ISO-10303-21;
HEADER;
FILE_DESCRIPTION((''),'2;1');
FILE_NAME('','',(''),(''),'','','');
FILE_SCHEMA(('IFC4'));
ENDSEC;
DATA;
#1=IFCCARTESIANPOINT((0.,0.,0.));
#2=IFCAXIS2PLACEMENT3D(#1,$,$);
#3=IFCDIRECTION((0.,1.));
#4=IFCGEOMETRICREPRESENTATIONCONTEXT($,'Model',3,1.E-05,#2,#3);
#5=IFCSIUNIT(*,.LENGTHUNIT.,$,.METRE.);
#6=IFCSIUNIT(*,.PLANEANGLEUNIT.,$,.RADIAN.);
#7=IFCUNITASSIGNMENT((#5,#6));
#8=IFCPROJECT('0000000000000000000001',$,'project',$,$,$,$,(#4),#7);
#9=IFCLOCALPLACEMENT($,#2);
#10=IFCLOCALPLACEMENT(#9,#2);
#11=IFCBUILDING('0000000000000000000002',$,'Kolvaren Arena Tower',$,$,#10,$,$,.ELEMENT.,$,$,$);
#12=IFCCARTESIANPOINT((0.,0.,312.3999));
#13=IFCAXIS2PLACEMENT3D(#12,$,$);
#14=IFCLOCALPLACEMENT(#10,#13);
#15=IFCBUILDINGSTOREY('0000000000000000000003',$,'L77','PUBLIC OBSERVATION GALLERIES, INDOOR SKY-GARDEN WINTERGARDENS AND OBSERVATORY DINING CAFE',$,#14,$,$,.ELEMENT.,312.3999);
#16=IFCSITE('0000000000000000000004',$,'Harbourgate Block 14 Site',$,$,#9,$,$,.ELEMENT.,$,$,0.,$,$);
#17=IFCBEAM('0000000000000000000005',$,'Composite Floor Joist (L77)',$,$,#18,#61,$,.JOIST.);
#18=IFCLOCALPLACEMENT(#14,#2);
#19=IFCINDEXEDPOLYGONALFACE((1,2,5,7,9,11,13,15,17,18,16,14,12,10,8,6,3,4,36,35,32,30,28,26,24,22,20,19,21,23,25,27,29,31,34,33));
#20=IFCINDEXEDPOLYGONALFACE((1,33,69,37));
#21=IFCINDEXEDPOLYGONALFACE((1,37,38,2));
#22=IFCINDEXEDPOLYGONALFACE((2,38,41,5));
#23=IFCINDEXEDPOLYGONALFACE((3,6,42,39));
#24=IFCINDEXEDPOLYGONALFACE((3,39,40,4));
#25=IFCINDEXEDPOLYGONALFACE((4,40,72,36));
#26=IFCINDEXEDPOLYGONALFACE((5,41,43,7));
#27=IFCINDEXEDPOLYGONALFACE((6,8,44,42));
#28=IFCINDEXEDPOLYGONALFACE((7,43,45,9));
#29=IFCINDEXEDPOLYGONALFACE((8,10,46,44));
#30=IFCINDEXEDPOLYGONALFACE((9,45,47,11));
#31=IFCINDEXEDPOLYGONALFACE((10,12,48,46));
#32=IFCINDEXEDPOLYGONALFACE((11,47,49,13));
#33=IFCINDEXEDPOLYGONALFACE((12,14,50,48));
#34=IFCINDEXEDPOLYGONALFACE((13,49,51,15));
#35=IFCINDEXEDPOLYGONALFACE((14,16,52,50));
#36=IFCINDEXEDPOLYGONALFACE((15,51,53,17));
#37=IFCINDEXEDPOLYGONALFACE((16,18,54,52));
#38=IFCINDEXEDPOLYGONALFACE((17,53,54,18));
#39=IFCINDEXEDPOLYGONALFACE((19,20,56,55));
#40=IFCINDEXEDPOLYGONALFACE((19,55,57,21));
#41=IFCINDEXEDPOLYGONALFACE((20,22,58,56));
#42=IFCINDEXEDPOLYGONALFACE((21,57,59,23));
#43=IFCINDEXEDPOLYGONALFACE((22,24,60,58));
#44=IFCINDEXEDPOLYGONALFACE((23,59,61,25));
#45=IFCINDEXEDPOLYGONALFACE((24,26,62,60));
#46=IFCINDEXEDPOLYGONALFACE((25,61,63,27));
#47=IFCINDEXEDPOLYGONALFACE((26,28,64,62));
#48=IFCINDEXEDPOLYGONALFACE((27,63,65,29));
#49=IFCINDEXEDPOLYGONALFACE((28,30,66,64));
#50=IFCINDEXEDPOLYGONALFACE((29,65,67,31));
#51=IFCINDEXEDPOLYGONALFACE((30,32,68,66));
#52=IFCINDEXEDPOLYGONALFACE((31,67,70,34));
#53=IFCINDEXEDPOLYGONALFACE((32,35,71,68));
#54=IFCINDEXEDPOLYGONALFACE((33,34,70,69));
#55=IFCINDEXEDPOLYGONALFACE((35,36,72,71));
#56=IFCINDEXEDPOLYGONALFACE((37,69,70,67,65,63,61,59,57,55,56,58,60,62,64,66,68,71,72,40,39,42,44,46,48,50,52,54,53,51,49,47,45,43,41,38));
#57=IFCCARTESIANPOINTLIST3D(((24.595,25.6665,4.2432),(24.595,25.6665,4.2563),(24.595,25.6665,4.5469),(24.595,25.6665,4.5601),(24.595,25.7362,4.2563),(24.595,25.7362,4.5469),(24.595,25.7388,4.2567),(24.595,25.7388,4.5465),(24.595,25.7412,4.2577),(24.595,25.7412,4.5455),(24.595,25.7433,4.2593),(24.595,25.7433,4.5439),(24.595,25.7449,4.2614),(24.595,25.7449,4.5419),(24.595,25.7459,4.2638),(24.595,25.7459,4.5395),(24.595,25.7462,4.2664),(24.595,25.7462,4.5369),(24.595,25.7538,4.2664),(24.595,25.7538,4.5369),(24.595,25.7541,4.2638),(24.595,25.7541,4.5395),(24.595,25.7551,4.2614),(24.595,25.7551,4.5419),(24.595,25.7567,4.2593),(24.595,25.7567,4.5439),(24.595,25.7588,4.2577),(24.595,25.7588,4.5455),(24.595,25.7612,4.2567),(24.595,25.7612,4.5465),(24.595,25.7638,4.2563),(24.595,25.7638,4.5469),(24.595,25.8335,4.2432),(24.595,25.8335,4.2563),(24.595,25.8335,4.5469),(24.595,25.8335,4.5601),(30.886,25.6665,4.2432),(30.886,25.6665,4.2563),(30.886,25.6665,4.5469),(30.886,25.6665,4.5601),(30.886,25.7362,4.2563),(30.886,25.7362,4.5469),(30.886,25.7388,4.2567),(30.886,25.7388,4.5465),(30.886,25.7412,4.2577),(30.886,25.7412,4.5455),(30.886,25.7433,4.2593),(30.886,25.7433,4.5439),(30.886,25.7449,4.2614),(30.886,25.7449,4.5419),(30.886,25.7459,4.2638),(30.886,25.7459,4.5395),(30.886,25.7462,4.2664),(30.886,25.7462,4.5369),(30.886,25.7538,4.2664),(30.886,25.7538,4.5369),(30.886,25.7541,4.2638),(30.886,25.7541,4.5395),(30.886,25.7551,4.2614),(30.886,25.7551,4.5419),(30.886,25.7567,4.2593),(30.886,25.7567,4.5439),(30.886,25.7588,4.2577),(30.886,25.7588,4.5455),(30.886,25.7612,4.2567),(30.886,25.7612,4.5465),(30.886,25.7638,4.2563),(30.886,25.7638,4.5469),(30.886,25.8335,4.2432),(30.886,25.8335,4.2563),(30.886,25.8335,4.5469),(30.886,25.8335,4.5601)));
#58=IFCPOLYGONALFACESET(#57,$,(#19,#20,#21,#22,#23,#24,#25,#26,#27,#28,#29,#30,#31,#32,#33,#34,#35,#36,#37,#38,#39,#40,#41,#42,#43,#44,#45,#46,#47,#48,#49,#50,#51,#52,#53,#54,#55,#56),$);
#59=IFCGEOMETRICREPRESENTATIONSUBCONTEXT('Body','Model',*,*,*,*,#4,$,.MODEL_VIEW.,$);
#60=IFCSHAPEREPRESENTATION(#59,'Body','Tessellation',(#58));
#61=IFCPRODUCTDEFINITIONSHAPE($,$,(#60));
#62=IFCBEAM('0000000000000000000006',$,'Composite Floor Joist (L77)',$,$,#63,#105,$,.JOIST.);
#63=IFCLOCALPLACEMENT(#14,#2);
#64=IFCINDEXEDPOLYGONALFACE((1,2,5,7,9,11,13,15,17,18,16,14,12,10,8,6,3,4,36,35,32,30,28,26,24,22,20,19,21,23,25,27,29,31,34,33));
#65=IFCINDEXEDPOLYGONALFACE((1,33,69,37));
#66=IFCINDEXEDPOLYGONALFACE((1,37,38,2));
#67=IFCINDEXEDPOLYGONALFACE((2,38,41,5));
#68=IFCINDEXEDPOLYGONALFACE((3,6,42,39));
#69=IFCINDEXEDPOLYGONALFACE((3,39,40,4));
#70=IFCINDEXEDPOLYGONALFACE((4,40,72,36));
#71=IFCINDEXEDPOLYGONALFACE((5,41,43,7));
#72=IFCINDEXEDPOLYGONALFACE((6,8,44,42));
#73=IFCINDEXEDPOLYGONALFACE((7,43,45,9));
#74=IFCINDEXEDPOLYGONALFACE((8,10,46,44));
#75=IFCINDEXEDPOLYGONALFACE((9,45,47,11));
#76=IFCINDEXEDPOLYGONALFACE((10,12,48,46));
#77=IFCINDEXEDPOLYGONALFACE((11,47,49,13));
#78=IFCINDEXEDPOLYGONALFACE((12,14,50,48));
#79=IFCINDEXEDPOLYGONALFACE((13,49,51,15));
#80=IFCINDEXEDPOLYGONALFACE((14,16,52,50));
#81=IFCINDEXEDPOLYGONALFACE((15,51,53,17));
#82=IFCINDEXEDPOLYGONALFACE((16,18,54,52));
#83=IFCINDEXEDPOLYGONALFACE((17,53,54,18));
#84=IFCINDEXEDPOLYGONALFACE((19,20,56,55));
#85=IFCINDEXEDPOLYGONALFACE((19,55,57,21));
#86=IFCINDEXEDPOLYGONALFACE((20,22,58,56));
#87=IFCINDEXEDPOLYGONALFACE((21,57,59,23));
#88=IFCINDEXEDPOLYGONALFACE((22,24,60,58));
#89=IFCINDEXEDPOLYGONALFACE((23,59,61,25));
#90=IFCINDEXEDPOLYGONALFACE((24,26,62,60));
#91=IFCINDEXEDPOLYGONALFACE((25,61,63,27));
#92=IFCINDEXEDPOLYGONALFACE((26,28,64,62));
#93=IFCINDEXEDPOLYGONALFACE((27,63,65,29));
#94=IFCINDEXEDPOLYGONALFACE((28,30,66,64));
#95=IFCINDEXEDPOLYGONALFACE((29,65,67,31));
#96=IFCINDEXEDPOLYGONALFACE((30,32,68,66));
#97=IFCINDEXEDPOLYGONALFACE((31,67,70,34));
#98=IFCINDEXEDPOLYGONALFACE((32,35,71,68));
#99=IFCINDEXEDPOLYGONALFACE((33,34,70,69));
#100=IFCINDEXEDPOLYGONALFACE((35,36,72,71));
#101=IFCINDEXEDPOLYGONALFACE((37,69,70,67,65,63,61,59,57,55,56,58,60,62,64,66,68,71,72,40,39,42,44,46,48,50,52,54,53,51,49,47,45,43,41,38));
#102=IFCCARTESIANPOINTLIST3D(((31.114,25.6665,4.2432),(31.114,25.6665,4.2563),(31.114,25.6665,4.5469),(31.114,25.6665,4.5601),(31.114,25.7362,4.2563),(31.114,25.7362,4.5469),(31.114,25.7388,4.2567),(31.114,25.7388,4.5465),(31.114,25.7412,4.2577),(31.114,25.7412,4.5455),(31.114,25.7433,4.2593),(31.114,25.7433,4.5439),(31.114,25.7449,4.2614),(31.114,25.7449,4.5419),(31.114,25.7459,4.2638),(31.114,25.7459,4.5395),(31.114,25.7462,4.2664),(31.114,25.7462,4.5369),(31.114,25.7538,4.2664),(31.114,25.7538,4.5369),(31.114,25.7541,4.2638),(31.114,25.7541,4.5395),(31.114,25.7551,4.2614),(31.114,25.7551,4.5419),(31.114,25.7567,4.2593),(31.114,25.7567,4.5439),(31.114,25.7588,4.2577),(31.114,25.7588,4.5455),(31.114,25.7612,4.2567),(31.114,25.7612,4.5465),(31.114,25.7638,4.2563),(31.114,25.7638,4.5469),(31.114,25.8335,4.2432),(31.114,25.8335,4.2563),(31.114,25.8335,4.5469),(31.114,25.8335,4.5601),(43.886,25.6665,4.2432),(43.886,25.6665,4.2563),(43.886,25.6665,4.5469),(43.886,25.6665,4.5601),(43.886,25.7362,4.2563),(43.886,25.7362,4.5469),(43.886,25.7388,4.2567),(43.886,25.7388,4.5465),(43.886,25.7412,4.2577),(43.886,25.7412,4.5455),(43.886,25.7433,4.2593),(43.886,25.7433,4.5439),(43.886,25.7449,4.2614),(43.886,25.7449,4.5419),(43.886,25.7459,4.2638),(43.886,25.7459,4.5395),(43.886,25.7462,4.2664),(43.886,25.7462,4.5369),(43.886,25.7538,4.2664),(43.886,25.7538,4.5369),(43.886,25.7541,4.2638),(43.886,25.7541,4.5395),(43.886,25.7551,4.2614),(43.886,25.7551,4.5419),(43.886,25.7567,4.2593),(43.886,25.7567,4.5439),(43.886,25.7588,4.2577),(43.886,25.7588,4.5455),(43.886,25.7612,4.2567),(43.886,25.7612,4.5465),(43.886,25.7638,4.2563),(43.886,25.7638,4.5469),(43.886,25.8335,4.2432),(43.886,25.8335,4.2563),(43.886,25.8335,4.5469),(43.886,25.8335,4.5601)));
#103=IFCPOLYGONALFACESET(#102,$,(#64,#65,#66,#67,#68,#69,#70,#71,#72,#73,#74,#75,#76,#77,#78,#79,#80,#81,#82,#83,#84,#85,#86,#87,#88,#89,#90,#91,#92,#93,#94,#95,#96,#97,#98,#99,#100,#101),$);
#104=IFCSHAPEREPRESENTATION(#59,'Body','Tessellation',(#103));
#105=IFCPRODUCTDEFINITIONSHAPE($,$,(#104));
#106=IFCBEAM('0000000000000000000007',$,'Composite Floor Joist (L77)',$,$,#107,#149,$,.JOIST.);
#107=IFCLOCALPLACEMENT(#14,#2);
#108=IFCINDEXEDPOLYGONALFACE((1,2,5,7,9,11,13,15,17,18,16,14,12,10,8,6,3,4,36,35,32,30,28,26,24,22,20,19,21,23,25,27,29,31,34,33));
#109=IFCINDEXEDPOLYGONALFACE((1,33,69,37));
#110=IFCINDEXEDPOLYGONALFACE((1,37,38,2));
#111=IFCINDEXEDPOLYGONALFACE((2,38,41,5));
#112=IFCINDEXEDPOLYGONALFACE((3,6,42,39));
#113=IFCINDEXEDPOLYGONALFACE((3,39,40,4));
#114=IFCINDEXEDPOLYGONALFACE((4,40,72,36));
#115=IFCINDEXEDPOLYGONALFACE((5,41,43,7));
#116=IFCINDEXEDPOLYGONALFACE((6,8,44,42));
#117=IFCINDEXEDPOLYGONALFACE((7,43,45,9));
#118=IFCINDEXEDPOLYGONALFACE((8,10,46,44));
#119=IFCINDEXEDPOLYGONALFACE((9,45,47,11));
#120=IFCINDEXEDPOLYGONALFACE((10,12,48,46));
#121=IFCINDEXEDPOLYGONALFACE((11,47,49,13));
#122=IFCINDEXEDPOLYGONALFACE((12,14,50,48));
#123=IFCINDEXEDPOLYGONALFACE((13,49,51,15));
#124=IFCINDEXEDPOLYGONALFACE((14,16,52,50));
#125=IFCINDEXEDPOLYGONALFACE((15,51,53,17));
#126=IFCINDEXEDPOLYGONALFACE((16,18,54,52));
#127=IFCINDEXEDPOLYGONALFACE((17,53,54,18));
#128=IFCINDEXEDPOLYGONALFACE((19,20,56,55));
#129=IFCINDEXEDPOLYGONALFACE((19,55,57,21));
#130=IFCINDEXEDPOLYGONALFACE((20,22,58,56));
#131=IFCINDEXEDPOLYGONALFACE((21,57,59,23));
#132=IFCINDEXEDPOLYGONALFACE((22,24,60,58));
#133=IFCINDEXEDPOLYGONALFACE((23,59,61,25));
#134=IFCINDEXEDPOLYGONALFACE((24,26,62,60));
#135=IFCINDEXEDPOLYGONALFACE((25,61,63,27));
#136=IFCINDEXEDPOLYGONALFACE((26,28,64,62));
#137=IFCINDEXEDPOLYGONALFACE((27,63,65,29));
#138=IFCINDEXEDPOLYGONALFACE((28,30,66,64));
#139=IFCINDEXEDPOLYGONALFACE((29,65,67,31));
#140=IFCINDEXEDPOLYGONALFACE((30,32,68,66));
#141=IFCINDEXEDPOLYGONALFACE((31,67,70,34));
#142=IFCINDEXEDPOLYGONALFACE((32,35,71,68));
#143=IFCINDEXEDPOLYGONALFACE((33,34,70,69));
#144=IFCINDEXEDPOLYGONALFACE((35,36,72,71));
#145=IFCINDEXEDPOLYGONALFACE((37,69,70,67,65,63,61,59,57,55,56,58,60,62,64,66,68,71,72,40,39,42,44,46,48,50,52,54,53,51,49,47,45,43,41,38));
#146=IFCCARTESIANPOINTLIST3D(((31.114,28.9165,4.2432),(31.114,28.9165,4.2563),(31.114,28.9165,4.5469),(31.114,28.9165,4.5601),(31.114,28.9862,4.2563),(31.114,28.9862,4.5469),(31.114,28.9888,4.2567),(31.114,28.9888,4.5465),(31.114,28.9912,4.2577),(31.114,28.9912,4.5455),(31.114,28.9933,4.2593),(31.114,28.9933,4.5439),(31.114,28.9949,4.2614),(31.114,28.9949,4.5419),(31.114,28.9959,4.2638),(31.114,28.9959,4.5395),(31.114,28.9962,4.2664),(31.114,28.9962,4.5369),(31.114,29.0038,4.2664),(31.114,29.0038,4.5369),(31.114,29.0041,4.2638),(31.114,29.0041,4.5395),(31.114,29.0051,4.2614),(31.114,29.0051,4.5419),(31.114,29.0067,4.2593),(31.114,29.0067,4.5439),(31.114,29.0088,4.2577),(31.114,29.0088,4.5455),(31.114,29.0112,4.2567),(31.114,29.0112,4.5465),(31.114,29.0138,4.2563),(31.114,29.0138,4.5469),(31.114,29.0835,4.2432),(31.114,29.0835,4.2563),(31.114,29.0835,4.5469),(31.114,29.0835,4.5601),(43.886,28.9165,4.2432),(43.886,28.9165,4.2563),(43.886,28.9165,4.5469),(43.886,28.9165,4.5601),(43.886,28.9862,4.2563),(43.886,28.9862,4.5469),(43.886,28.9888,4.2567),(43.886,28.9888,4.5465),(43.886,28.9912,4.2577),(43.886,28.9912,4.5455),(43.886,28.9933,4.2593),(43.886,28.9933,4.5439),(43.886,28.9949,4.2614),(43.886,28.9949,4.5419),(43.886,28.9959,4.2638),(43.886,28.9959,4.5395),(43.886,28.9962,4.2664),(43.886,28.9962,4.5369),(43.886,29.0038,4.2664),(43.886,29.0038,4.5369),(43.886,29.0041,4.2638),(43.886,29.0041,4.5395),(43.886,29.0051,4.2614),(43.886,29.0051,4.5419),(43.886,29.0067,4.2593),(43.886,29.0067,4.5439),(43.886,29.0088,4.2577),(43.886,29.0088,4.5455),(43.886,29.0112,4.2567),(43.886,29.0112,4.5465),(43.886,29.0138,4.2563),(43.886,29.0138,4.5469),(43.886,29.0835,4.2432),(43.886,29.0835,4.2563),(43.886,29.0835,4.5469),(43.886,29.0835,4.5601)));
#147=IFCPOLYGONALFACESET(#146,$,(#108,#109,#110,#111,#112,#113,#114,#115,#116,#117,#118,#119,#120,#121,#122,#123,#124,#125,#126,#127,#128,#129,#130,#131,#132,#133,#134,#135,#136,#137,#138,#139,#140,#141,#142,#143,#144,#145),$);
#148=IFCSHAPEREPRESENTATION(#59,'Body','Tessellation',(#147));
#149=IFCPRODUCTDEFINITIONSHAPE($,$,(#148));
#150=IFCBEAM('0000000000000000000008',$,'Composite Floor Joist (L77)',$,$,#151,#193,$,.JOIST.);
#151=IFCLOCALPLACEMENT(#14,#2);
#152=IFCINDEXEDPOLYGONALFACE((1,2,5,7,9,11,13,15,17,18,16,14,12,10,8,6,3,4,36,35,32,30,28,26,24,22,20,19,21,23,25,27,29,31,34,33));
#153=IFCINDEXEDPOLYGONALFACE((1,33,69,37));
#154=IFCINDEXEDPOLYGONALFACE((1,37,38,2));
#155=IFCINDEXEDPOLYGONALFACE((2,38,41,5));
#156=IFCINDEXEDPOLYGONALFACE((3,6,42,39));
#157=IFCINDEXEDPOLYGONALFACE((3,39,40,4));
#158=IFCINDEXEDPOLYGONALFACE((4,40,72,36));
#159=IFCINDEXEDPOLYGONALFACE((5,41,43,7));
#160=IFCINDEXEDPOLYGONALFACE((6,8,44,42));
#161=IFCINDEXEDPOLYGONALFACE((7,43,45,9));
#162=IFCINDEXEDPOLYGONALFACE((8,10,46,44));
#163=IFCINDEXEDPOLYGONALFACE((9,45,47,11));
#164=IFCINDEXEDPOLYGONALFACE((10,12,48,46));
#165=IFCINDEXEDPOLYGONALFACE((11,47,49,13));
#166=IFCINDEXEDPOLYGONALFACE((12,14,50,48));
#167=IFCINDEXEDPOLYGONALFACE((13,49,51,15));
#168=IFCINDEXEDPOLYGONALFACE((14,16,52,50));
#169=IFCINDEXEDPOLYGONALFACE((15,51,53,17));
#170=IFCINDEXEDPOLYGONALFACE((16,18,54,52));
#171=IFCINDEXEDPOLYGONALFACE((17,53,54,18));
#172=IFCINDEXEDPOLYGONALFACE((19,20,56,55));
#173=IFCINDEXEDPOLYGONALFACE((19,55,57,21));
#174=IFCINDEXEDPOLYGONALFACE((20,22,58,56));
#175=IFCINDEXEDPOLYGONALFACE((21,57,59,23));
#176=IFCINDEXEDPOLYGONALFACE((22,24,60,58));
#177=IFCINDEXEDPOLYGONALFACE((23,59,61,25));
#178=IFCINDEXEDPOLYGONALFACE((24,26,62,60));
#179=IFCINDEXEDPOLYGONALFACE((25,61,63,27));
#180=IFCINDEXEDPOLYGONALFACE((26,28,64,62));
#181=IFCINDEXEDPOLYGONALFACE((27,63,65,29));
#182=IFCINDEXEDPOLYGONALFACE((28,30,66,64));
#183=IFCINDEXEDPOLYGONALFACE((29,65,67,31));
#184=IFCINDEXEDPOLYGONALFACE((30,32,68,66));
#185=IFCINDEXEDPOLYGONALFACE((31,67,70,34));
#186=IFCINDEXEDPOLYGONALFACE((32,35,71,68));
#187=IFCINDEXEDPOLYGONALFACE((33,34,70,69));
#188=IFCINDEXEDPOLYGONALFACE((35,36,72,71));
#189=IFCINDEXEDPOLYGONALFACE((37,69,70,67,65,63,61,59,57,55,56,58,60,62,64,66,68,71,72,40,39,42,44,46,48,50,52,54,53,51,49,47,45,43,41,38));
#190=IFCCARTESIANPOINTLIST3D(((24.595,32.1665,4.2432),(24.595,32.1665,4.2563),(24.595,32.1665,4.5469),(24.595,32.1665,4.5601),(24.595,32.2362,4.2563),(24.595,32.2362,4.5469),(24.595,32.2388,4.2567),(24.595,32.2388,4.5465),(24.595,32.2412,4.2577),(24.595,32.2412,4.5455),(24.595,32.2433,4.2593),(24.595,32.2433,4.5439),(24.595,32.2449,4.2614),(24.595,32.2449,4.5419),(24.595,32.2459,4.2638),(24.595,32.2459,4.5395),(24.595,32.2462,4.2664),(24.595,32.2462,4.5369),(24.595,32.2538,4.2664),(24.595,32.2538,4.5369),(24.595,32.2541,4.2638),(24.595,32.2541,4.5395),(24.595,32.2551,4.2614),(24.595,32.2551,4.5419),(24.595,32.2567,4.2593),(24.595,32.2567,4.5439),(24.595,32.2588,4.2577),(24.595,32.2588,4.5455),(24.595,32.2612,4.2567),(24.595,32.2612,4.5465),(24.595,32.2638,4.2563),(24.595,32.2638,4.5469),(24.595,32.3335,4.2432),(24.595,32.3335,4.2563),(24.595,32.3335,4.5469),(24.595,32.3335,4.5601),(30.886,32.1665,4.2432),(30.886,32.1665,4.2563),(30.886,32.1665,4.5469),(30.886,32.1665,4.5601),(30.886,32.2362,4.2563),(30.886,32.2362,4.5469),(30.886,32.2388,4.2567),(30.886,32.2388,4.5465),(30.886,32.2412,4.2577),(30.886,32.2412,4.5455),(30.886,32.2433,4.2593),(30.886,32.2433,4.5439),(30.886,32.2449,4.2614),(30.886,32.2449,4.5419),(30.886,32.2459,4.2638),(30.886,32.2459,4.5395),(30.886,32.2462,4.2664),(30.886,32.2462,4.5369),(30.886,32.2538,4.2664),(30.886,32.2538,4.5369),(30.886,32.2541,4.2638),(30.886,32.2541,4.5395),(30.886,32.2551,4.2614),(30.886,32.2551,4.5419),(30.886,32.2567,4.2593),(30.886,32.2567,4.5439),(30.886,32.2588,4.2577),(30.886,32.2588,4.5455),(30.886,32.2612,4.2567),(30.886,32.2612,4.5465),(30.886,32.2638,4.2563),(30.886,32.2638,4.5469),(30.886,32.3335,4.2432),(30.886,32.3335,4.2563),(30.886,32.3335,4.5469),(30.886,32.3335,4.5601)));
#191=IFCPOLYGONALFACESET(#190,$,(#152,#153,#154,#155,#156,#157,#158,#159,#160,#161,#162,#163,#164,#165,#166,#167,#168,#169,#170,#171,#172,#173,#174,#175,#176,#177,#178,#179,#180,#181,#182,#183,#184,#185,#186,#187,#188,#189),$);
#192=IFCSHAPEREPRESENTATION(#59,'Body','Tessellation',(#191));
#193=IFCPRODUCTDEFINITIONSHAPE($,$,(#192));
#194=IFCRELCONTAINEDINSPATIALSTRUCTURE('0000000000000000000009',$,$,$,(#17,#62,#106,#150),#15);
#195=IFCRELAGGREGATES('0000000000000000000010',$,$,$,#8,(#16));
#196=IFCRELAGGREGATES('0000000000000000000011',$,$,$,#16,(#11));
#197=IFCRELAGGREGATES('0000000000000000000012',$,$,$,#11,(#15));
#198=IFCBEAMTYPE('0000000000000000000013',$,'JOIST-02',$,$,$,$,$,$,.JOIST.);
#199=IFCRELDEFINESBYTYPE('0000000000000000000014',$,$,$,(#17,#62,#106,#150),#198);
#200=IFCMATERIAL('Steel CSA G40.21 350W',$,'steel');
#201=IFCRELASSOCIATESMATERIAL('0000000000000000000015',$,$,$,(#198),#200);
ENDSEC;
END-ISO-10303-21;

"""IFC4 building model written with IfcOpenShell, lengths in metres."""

from ifc_helpers import new_model, si_unit, direction, frame, origin, origin_2d, place, context, subcontext, project, spatial, i_section, extrude, material, material_profile, profile_set, type_object, element, save


model = new_model("IFC4")

# Units and contexts
model_context = context("Model", 3, precision=1e-05, world=origin(), true_north=direction((0.0, 1.0)))
body_context = subcontext(model_context, "Body", "Model", "MODEL_VIEW")
ifc_project = project(units=[si_unit("LENGTHUNIT", "METRE"), si_unit("PLANEANGLEUNIT", "RADIAN")], contexts=[model_context])

# Site, building, storey
site_placement = place(None, origin())
site = spatial("IfcSite", under=ifc_project, at=site_placement, Name="Harbourgate Block 14 Site", CompositionType="ELEMENT", RefElevation=0.0)
building_placement = place(site_placement, origin())
building = spatial("IfcBuilding", under=site, at=building_placement, Name="Kolvaren Arena Tower", CompositionType="ELEMENT")
storey_placement = place(building_placement, frame((0.0, 0.0, 312.3999)))
storey = spatial("IfcBuildingStorey", under=building, at=storey_placement, Name="L77", Description="PUBLIC OBSERVATION GALLERIES, INDOOR SKY-GARDEN WINTERGARDENS AND OBSERVATORY DINING CAFE", CompositionType="ELEMENT", Elevation=312.3999)

# Beams
ifc_material_1 = material(Name="Steel CSA G40.21 350W", Category="steel")
ifc_material_profile_1 = material_profile(ifc_material_1, i_section(OverallWidth=0.167, OverallDepth=0.3169, WebThickness=0.0076, FlangeThickness=0.0132, FilletRadius=0.01, at=origin_2d()), Name="W310x52")
ifc_profile_set_1 = profile_set([ifc_material_profile_1], Name="Steel CSA G40.21 350W")
beam_type_1 = type_object("IfcBeamType", Name="JOIST-02", PredefinedType="JOIST", material=ifc_profile_set_1)
beam_1_placement = place(storey_placement, frame((24.595, 25.75, 4.4016), z_axis=(1.0, 0.0, 0.0), x_axis=(0.0, 1.0, 0.0)))
element("IfcBeam", 1, at=beam_1_placement, inside=storey, type_object=beam_type_1, Name="Composite Floor Joist (L77)", PredefinedType="JOIST", context=body_context, shape_type="SweptSolid", body=[
    extrude(i_section(OverallWidth=0.167, OverallDepth=0.3169, WebThickness=0.0076, FlangeThickness=0.0132, FilletRadius=0.01, at=origin_2d()), origin(), (0.0, 0.0, 1.0), 6.291),
])
for number, where, z_axis, x_axis, name in (
    (2, (31.114, 25.75, 4.4016), (1.0, 0.0, 0.0), (0.0, 1.0, 0.0), "Composite Floor Joist (L77)"),
    (3, (31.114, 29.0, 4.4016), (1.0, 0.0, 0.0), (0.0, 1.0, 0.0), "Composite Floor Joist (L77)"),
):
    element("IfcBeam", number, at=place(storey_placement, frame(where, z_axis=z_axis, x_axis=x_axis)), inside=storey, type_object=beam_type_1, Name=name, PredefinedType="JOIST", context=body_context, shape_type="SweptSolid", body=[
        extrude(i_section(OverallWidth=0.167, OverallDepth=0.3169, WebThickness=0.0076, FlangeThickness=0.0132, FilletRadius=0.01, at=origin_2d()), origin(), (0.0, 0.0, 1.0), 12.772),
    ])
beam_2_placement = place(storey_placement, frame((24.595, 32.25, 4.4016), z_axis=(1.0, 0.0, 0.0), x_axis=(0.0, 1.0, 0.0)))
element("IfcBeam", 4, at=beam_2_placement, inside=storey, type_object=beam_type_1, Name="Composite Floor Joist (L77)", PredefinedType="JOIST", context=body_context, shape_type="SweptSolid", body=[
    extrude(i_section(OverallWidth=0.167, OverallDepth=0.3169, WebThickness=0.0076, FlangeThickness=0.0132, FilletRadius=0.01, at=origin_2d()), origin(), (0.0, 0.0, 1.0), 6.291),
])

save(model, "model.ifc")
